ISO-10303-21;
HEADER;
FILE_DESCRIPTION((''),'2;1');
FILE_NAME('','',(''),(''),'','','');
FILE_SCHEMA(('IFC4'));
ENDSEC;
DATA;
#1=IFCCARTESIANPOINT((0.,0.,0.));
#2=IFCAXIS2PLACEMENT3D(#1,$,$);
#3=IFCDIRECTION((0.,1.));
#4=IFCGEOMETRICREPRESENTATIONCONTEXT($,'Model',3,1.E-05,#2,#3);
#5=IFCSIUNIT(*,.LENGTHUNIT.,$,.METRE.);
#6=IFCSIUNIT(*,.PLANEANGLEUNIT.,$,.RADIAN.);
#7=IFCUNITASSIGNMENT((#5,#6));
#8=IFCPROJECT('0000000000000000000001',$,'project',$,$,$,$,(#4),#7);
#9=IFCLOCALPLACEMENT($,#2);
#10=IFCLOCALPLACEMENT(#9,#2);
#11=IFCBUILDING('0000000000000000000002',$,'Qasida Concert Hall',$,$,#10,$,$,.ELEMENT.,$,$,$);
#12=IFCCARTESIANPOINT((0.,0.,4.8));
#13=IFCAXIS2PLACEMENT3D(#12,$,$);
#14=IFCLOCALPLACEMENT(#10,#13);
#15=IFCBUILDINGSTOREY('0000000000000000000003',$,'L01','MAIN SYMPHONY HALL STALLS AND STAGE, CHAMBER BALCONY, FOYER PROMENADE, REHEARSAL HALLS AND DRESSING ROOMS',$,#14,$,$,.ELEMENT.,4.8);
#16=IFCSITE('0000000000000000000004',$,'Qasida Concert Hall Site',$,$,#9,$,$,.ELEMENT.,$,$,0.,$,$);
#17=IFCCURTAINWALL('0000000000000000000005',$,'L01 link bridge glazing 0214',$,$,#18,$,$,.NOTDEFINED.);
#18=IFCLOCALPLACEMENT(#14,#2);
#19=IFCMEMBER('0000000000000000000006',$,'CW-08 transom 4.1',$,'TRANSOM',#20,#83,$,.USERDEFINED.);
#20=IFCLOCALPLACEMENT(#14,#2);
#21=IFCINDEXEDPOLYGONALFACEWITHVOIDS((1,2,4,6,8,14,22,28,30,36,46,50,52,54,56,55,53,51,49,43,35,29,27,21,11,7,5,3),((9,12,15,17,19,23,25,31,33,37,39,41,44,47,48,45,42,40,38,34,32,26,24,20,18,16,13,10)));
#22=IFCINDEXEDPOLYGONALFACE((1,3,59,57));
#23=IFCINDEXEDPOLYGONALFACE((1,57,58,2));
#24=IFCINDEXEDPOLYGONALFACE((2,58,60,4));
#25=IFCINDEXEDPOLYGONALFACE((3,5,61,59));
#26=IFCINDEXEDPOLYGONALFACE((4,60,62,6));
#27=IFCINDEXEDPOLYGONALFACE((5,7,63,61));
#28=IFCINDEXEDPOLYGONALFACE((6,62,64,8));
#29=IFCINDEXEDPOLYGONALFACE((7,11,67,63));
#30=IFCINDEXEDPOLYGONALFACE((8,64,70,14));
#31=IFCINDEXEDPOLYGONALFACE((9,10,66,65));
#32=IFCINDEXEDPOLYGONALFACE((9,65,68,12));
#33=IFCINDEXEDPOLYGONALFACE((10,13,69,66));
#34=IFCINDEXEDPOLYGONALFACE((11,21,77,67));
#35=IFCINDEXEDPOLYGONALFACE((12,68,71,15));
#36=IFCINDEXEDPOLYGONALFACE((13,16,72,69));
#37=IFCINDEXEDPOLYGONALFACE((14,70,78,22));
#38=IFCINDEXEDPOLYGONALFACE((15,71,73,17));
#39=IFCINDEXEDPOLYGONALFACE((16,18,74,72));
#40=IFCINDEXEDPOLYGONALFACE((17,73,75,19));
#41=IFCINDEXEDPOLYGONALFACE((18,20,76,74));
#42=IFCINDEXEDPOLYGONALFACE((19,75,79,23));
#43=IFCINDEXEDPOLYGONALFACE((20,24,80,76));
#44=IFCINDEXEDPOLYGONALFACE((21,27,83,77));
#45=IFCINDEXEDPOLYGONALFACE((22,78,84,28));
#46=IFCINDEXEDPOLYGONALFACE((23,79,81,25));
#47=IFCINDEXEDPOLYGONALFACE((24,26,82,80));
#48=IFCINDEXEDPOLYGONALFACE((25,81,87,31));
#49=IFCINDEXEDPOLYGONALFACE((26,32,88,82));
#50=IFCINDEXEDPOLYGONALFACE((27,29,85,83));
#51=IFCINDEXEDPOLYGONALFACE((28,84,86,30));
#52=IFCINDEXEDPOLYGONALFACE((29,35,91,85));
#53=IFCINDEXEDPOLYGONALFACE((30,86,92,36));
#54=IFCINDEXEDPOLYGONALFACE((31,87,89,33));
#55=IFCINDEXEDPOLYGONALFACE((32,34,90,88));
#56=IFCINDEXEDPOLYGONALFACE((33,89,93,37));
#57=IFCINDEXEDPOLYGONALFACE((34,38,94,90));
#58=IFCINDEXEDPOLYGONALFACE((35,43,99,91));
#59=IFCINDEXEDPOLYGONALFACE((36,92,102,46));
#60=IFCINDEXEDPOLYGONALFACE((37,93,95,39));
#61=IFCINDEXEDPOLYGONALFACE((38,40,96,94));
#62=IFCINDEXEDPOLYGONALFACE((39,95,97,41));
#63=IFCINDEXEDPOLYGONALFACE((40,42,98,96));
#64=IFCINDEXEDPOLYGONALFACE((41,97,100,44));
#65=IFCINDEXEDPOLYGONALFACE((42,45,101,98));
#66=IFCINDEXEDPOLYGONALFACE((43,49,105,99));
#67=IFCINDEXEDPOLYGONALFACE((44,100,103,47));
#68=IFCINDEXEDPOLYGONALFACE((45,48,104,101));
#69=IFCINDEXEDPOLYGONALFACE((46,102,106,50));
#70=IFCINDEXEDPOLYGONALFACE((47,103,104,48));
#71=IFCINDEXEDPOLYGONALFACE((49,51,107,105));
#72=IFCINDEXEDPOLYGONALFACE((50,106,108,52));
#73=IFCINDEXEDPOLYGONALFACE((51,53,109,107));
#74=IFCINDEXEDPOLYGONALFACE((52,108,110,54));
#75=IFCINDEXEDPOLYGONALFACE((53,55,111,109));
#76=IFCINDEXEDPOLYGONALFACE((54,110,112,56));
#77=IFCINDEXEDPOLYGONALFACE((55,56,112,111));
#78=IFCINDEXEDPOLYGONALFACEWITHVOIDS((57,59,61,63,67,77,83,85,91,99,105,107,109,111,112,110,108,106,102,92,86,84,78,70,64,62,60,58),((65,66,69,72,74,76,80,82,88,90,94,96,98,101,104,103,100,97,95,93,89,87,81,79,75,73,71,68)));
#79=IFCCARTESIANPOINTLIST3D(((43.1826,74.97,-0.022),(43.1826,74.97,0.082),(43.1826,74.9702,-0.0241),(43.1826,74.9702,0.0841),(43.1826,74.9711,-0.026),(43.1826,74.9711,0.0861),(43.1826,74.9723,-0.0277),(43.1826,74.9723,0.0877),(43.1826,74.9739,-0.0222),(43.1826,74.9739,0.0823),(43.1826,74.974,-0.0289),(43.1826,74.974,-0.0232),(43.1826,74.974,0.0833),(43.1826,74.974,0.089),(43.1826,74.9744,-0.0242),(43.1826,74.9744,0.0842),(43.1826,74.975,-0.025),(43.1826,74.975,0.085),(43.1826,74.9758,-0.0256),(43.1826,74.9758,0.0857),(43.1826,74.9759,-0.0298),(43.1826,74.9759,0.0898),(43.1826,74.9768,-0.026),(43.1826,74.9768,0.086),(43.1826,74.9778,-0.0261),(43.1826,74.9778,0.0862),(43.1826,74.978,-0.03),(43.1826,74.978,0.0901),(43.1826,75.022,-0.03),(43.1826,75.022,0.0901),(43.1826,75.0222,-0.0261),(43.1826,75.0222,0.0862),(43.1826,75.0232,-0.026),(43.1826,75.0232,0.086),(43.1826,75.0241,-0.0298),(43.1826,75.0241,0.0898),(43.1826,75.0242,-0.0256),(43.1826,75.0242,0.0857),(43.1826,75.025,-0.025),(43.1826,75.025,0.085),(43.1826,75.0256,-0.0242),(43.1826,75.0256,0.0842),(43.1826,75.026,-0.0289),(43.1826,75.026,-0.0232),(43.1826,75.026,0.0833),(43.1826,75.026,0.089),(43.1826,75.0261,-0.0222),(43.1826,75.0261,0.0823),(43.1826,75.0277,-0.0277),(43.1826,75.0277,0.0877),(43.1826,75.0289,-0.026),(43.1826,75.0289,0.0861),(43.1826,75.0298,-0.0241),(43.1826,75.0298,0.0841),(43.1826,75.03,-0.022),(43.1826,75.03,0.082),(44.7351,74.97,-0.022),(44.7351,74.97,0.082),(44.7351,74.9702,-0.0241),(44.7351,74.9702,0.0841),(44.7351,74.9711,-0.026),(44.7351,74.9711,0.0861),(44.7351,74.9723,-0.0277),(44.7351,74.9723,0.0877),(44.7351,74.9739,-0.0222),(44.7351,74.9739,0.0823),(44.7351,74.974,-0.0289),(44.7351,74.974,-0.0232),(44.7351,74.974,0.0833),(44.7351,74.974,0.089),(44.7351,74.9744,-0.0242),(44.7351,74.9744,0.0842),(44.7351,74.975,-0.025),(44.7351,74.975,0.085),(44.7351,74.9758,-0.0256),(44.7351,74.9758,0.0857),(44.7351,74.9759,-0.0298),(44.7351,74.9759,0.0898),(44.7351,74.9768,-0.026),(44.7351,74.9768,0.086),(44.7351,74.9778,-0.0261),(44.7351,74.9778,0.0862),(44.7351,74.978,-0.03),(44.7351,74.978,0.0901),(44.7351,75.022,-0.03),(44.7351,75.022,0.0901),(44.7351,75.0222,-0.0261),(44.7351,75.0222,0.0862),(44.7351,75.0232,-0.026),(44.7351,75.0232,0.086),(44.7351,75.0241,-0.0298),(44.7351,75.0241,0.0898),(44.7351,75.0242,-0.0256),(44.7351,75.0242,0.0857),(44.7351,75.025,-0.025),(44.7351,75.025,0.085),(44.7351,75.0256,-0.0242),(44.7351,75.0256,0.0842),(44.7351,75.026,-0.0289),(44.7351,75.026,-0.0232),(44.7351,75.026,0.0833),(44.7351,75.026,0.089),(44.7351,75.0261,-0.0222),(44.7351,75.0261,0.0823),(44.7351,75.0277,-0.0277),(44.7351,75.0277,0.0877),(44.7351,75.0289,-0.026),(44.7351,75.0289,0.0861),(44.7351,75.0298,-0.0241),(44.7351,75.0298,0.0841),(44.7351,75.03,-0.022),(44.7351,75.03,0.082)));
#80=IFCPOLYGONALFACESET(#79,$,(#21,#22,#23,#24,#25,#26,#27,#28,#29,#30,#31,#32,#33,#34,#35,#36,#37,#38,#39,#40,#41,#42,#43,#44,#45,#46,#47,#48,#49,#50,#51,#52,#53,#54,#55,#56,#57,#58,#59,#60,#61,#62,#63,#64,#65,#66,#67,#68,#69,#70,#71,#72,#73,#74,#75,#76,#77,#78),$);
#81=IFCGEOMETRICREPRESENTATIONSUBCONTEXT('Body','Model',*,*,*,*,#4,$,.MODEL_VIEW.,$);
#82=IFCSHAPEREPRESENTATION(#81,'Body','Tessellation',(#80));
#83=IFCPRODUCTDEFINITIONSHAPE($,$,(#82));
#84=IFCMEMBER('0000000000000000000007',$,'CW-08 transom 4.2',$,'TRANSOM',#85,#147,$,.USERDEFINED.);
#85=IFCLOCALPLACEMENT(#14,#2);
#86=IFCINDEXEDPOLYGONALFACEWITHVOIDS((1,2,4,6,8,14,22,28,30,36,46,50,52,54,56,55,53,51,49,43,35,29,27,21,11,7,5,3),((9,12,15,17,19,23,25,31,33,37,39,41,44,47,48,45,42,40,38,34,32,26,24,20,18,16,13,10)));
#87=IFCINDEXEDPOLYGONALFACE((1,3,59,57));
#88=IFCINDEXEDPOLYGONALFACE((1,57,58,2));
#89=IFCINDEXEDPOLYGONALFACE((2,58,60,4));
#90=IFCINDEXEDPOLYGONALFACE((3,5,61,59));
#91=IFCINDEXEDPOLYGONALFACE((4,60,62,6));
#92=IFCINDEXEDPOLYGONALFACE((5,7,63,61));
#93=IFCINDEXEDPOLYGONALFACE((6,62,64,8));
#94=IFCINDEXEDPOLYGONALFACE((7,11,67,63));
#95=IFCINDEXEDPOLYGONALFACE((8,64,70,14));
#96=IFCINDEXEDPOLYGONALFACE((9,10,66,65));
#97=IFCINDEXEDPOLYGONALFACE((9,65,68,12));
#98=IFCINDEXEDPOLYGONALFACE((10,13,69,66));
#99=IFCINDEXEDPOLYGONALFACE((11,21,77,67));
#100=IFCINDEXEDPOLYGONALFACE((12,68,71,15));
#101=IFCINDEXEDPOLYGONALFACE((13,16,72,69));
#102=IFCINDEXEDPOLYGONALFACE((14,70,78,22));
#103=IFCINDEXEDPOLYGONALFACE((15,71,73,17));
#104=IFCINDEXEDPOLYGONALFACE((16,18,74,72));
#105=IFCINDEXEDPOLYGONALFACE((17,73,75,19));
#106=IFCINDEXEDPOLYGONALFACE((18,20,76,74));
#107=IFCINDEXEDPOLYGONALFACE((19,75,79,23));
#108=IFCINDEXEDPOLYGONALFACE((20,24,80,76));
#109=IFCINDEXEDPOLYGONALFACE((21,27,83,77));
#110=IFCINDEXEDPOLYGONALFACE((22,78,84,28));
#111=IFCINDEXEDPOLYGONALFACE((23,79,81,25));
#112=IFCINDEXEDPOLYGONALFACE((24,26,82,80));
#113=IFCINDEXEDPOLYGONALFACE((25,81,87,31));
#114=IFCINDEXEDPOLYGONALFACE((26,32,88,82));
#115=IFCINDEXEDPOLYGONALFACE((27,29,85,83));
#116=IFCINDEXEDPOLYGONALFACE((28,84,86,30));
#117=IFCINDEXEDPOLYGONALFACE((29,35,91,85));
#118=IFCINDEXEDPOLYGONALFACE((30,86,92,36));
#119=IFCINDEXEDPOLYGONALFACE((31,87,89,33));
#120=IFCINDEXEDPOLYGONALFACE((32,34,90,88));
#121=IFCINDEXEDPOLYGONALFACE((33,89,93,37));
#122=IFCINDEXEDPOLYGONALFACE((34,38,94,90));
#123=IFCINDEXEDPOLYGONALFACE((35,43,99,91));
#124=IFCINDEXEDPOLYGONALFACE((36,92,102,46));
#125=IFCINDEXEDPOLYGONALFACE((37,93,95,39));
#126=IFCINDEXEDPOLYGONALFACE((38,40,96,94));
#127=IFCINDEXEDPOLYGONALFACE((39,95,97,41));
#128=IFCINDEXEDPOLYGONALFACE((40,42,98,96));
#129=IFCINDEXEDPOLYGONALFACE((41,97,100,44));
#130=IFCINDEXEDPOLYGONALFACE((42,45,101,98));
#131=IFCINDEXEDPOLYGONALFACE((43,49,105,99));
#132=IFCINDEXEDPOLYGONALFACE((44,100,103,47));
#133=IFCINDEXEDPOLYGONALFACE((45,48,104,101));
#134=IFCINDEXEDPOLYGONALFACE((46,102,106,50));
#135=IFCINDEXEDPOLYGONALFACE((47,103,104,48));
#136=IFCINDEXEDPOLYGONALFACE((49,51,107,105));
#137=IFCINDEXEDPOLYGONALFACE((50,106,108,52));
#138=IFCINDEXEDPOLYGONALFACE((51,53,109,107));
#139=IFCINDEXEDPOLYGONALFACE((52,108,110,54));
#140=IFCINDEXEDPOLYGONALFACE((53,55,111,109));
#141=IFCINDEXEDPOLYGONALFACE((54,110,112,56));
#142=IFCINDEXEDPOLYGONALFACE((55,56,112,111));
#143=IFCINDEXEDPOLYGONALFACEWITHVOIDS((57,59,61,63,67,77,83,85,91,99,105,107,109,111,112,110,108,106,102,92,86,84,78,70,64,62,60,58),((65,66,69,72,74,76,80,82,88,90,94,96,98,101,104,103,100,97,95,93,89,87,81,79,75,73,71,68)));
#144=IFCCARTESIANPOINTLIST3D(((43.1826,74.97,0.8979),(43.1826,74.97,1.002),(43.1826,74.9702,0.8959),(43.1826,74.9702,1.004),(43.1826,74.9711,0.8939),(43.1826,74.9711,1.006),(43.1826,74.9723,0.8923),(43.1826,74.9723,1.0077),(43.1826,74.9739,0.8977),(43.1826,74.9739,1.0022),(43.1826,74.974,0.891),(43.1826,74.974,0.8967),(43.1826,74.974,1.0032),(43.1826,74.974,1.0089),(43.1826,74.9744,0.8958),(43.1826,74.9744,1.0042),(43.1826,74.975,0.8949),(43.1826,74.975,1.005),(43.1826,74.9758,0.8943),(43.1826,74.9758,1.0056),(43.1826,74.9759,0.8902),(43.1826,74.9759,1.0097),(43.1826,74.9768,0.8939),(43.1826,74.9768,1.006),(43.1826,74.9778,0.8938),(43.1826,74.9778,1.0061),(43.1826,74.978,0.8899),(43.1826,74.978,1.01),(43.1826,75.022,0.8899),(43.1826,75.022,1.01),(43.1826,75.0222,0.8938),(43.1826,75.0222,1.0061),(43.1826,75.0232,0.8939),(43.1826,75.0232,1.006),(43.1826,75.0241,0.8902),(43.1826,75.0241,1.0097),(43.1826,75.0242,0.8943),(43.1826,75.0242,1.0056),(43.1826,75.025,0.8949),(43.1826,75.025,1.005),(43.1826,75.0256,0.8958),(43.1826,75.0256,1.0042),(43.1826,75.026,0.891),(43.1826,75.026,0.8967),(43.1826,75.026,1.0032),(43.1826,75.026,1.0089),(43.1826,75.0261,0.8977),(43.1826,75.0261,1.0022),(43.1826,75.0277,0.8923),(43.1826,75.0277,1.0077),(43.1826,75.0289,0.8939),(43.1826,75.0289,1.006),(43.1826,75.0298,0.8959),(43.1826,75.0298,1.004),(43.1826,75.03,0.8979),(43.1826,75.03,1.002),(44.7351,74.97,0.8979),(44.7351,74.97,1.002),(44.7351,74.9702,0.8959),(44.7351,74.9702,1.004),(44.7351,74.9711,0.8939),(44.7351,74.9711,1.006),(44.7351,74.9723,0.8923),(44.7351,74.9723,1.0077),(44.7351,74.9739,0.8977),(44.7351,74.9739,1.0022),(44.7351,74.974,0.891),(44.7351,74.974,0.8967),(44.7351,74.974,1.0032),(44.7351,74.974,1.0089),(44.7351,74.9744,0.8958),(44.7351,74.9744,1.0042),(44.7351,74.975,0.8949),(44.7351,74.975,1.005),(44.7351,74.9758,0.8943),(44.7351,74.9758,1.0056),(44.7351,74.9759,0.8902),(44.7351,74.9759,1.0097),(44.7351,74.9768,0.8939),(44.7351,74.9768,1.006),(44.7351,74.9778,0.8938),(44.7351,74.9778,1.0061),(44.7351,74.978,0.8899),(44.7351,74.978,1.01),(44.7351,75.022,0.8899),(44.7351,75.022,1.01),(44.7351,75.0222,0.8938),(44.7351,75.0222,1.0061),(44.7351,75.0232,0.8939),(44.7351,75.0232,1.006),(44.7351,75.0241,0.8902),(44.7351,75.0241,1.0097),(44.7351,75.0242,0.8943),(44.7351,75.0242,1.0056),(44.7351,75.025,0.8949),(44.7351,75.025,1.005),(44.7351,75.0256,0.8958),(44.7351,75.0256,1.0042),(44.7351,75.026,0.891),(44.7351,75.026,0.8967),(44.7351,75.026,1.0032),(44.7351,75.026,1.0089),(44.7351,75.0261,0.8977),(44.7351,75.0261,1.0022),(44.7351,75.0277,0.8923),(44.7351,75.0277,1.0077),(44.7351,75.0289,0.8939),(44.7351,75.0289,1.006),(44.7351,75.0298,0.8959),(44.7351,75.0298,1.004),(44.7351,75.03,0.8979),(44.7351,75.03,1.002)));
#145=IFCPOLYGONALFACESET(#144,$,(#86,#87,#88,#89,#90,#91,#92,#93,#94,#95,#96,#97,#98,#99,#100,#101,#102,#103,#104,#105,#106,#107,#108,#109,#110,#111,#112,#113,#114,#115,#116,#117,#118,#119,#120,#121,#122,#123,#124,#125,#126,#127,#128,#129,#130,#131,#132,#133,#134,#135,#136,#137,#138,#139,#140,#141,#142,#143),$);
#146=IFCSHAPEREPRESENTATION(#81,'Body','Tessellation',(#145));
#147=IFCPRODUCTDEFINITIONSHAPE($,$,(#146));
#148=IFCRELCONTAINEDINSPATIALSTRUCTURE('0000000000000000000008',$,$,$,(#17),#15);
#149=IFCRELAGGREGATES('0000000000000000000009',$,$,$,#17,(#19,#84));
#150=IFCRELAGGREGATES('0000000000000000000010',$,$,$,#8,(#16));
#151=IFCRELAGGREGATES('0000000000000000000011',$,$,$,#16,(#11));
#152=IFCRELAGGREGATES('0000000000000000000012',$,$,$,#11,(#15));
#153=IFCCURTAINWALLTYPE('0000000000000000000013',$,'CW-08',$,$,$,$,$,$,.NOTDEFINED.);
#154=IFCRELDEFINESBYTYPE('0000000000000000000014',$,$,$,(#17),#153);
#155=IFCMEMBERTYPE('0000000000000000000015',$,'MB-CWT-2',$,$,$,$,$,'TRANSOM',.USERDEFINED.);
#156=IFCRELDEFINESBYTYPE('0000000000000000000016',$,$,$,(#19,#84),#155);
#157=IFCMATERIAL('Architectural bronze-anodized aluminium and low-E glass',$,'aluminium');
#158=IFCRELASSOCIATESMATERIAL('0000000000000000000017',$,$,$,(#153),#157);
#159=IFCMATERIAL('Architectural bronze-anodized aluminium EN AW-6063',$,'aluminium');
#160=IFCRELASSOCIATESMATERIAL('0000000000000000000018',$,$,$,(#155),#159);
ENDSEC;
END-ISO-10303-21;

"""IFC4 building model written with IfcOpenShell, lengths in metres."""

from ifc_helpers import new_model, si_unit, direction, frame, origin, origin_2d, place, context, subcontext, project, spatial, hollow_rectangle, extrude, material, material_profile, profile_set, type_object, element, aggregate, save


model = new_model("IFC4")

# Units and contexts
model_context = context("Model", 3, precision=1e-05, world=origin(), true_north=direction((0.0, 1.0)))
body_context = subcontext(model_context, "Body", "Model", "MODEL_VIEW")
ifc_project = project(units=[si_unit("LENGTHUNIT", "METRE"), si_unit("PLANEANGLEUNIT", "RADIAN")], contexts=[model_context])

# Site, building, storey
site_placement = place(None, origin())
site = spatial("IfcSite", under=ifc_project, at=site_placement, Name="Qasida Concert Hall Site", CompositionType="ELEMENT", RefElevation=0.0)
building_placement = place(site_placement, origin())
building = spatial("IfcBuilding", under=site, at=building_placement, Name="Qasida Concert Hall", CompositionType="ELEMENT")
storey_placement = place(building_placement, frame((0.0, 0.0, 4.8)))
storey = spatial("IfcBuildingStorey", under=building, at=storey_placement, Name="L01", Description="MAIN SYMPHONY HALL STALLS AND STAGE, CHAMBER BALCONY, FOYER PROMENADE, REHEARSAL HALLS AND DRESSING ROOMS", CompositionType="ELEMENT", Elevation=4.8)

# Curtain wall
ifc_material_1 = material(Name="Architectural bronze-anodized aluminium and low-E glass", Category="aluminium")
curtain_wall_type = type_object("IfcCurtainWallType", Name="CW-08", PredefinedType="NOTDEFINED", material=ifc_material_1)
curtain_wall_1_placement = place(storey_placement, origin())
curtain_wall_1 = element("IfcCurtainWall", 1, at=curtain_wall_1_placement, inside=storey, type_object=curtain_wall_type, Name="L01 link bridge glazing 0214", PredefinedType="NOTDEFINED")
ifc_material_2 = material(Name="Architectural bronze-anodized aluminium EN AW-6063", Category="aluminium")

# Members
ifc_material_profile_1 = material_profile(ifc_material_2, hollow_rectangle(XDim=0.0601, YDim=0.1201, WallThickness=0.0039, InnerFilletRadius=0.0039, OuterFilletRadius=0.0081, at=origin_2d()), Name="CWT 120x60x4")
ifc_profile_set_1 = profile_set([ifc_material_profile_1], Name="Architectural bronze-anodized aluminium EN AW-6063")
member_type_1 = type_object("IfcMemberType", Name="MB-CWT-2", ElementType="TRANSOM", PredefinedType="USERDEFINED", material=ifc_profile_set_1)
member_1_placement = place(storey_placement, frame((43.1826, 75.0, 0.03), z_axis=(1.0, 0.0, 0.0), x_axis=(0.0, 1.0, 0.0)))
member_1 = element("IfcMember", 2, at=member_1_placement, type_object=member_type_1, Name="CW-08 transom 4.1", ObjectType="TRANSOM", PredefinedType="USERDEFINED", context=body_context, shape_type="SweptSolid", body=[
    extrude(hollow_rectangle(XDim=0.0601, YDim=0.1201, WallThickness=0.0039, InnerFilletRadius=0.0039, OuterFilletRadius=0.0081, at=origin_2d()), origin(), (0.0, 0.0, 1.0), 1.5525),
])
member_2_placement = place(storey_placement, frame((43.1826, 75.0, 0.95), z_axis=(1.0, 0.0, 0.0), x_axis=(0.0, 1.0, 0.0)))
member_2 = element("IfcMember", 3, at=member_2_placement, type_object=member_type_1, Name="CW-08 transom 4.2", ObjectType="TRANSOM", PredefinedType="USERDEFINED", context=body_context, shape_type="SweptSolid", body=[
    extrude(hollow_rectangle(XDim=0.0601, YDim=0.1201, WallThickness=0.0039, InnerFilletRadius=0.0039, OuterFilletRadius=0.0081, at=origin_2d()), origin(), (0.0, 0.0, 1.0), 1.5525),
])

aggregate(curtain_wall_1, [member_1, member_2])

save(model, "model.ifc")
